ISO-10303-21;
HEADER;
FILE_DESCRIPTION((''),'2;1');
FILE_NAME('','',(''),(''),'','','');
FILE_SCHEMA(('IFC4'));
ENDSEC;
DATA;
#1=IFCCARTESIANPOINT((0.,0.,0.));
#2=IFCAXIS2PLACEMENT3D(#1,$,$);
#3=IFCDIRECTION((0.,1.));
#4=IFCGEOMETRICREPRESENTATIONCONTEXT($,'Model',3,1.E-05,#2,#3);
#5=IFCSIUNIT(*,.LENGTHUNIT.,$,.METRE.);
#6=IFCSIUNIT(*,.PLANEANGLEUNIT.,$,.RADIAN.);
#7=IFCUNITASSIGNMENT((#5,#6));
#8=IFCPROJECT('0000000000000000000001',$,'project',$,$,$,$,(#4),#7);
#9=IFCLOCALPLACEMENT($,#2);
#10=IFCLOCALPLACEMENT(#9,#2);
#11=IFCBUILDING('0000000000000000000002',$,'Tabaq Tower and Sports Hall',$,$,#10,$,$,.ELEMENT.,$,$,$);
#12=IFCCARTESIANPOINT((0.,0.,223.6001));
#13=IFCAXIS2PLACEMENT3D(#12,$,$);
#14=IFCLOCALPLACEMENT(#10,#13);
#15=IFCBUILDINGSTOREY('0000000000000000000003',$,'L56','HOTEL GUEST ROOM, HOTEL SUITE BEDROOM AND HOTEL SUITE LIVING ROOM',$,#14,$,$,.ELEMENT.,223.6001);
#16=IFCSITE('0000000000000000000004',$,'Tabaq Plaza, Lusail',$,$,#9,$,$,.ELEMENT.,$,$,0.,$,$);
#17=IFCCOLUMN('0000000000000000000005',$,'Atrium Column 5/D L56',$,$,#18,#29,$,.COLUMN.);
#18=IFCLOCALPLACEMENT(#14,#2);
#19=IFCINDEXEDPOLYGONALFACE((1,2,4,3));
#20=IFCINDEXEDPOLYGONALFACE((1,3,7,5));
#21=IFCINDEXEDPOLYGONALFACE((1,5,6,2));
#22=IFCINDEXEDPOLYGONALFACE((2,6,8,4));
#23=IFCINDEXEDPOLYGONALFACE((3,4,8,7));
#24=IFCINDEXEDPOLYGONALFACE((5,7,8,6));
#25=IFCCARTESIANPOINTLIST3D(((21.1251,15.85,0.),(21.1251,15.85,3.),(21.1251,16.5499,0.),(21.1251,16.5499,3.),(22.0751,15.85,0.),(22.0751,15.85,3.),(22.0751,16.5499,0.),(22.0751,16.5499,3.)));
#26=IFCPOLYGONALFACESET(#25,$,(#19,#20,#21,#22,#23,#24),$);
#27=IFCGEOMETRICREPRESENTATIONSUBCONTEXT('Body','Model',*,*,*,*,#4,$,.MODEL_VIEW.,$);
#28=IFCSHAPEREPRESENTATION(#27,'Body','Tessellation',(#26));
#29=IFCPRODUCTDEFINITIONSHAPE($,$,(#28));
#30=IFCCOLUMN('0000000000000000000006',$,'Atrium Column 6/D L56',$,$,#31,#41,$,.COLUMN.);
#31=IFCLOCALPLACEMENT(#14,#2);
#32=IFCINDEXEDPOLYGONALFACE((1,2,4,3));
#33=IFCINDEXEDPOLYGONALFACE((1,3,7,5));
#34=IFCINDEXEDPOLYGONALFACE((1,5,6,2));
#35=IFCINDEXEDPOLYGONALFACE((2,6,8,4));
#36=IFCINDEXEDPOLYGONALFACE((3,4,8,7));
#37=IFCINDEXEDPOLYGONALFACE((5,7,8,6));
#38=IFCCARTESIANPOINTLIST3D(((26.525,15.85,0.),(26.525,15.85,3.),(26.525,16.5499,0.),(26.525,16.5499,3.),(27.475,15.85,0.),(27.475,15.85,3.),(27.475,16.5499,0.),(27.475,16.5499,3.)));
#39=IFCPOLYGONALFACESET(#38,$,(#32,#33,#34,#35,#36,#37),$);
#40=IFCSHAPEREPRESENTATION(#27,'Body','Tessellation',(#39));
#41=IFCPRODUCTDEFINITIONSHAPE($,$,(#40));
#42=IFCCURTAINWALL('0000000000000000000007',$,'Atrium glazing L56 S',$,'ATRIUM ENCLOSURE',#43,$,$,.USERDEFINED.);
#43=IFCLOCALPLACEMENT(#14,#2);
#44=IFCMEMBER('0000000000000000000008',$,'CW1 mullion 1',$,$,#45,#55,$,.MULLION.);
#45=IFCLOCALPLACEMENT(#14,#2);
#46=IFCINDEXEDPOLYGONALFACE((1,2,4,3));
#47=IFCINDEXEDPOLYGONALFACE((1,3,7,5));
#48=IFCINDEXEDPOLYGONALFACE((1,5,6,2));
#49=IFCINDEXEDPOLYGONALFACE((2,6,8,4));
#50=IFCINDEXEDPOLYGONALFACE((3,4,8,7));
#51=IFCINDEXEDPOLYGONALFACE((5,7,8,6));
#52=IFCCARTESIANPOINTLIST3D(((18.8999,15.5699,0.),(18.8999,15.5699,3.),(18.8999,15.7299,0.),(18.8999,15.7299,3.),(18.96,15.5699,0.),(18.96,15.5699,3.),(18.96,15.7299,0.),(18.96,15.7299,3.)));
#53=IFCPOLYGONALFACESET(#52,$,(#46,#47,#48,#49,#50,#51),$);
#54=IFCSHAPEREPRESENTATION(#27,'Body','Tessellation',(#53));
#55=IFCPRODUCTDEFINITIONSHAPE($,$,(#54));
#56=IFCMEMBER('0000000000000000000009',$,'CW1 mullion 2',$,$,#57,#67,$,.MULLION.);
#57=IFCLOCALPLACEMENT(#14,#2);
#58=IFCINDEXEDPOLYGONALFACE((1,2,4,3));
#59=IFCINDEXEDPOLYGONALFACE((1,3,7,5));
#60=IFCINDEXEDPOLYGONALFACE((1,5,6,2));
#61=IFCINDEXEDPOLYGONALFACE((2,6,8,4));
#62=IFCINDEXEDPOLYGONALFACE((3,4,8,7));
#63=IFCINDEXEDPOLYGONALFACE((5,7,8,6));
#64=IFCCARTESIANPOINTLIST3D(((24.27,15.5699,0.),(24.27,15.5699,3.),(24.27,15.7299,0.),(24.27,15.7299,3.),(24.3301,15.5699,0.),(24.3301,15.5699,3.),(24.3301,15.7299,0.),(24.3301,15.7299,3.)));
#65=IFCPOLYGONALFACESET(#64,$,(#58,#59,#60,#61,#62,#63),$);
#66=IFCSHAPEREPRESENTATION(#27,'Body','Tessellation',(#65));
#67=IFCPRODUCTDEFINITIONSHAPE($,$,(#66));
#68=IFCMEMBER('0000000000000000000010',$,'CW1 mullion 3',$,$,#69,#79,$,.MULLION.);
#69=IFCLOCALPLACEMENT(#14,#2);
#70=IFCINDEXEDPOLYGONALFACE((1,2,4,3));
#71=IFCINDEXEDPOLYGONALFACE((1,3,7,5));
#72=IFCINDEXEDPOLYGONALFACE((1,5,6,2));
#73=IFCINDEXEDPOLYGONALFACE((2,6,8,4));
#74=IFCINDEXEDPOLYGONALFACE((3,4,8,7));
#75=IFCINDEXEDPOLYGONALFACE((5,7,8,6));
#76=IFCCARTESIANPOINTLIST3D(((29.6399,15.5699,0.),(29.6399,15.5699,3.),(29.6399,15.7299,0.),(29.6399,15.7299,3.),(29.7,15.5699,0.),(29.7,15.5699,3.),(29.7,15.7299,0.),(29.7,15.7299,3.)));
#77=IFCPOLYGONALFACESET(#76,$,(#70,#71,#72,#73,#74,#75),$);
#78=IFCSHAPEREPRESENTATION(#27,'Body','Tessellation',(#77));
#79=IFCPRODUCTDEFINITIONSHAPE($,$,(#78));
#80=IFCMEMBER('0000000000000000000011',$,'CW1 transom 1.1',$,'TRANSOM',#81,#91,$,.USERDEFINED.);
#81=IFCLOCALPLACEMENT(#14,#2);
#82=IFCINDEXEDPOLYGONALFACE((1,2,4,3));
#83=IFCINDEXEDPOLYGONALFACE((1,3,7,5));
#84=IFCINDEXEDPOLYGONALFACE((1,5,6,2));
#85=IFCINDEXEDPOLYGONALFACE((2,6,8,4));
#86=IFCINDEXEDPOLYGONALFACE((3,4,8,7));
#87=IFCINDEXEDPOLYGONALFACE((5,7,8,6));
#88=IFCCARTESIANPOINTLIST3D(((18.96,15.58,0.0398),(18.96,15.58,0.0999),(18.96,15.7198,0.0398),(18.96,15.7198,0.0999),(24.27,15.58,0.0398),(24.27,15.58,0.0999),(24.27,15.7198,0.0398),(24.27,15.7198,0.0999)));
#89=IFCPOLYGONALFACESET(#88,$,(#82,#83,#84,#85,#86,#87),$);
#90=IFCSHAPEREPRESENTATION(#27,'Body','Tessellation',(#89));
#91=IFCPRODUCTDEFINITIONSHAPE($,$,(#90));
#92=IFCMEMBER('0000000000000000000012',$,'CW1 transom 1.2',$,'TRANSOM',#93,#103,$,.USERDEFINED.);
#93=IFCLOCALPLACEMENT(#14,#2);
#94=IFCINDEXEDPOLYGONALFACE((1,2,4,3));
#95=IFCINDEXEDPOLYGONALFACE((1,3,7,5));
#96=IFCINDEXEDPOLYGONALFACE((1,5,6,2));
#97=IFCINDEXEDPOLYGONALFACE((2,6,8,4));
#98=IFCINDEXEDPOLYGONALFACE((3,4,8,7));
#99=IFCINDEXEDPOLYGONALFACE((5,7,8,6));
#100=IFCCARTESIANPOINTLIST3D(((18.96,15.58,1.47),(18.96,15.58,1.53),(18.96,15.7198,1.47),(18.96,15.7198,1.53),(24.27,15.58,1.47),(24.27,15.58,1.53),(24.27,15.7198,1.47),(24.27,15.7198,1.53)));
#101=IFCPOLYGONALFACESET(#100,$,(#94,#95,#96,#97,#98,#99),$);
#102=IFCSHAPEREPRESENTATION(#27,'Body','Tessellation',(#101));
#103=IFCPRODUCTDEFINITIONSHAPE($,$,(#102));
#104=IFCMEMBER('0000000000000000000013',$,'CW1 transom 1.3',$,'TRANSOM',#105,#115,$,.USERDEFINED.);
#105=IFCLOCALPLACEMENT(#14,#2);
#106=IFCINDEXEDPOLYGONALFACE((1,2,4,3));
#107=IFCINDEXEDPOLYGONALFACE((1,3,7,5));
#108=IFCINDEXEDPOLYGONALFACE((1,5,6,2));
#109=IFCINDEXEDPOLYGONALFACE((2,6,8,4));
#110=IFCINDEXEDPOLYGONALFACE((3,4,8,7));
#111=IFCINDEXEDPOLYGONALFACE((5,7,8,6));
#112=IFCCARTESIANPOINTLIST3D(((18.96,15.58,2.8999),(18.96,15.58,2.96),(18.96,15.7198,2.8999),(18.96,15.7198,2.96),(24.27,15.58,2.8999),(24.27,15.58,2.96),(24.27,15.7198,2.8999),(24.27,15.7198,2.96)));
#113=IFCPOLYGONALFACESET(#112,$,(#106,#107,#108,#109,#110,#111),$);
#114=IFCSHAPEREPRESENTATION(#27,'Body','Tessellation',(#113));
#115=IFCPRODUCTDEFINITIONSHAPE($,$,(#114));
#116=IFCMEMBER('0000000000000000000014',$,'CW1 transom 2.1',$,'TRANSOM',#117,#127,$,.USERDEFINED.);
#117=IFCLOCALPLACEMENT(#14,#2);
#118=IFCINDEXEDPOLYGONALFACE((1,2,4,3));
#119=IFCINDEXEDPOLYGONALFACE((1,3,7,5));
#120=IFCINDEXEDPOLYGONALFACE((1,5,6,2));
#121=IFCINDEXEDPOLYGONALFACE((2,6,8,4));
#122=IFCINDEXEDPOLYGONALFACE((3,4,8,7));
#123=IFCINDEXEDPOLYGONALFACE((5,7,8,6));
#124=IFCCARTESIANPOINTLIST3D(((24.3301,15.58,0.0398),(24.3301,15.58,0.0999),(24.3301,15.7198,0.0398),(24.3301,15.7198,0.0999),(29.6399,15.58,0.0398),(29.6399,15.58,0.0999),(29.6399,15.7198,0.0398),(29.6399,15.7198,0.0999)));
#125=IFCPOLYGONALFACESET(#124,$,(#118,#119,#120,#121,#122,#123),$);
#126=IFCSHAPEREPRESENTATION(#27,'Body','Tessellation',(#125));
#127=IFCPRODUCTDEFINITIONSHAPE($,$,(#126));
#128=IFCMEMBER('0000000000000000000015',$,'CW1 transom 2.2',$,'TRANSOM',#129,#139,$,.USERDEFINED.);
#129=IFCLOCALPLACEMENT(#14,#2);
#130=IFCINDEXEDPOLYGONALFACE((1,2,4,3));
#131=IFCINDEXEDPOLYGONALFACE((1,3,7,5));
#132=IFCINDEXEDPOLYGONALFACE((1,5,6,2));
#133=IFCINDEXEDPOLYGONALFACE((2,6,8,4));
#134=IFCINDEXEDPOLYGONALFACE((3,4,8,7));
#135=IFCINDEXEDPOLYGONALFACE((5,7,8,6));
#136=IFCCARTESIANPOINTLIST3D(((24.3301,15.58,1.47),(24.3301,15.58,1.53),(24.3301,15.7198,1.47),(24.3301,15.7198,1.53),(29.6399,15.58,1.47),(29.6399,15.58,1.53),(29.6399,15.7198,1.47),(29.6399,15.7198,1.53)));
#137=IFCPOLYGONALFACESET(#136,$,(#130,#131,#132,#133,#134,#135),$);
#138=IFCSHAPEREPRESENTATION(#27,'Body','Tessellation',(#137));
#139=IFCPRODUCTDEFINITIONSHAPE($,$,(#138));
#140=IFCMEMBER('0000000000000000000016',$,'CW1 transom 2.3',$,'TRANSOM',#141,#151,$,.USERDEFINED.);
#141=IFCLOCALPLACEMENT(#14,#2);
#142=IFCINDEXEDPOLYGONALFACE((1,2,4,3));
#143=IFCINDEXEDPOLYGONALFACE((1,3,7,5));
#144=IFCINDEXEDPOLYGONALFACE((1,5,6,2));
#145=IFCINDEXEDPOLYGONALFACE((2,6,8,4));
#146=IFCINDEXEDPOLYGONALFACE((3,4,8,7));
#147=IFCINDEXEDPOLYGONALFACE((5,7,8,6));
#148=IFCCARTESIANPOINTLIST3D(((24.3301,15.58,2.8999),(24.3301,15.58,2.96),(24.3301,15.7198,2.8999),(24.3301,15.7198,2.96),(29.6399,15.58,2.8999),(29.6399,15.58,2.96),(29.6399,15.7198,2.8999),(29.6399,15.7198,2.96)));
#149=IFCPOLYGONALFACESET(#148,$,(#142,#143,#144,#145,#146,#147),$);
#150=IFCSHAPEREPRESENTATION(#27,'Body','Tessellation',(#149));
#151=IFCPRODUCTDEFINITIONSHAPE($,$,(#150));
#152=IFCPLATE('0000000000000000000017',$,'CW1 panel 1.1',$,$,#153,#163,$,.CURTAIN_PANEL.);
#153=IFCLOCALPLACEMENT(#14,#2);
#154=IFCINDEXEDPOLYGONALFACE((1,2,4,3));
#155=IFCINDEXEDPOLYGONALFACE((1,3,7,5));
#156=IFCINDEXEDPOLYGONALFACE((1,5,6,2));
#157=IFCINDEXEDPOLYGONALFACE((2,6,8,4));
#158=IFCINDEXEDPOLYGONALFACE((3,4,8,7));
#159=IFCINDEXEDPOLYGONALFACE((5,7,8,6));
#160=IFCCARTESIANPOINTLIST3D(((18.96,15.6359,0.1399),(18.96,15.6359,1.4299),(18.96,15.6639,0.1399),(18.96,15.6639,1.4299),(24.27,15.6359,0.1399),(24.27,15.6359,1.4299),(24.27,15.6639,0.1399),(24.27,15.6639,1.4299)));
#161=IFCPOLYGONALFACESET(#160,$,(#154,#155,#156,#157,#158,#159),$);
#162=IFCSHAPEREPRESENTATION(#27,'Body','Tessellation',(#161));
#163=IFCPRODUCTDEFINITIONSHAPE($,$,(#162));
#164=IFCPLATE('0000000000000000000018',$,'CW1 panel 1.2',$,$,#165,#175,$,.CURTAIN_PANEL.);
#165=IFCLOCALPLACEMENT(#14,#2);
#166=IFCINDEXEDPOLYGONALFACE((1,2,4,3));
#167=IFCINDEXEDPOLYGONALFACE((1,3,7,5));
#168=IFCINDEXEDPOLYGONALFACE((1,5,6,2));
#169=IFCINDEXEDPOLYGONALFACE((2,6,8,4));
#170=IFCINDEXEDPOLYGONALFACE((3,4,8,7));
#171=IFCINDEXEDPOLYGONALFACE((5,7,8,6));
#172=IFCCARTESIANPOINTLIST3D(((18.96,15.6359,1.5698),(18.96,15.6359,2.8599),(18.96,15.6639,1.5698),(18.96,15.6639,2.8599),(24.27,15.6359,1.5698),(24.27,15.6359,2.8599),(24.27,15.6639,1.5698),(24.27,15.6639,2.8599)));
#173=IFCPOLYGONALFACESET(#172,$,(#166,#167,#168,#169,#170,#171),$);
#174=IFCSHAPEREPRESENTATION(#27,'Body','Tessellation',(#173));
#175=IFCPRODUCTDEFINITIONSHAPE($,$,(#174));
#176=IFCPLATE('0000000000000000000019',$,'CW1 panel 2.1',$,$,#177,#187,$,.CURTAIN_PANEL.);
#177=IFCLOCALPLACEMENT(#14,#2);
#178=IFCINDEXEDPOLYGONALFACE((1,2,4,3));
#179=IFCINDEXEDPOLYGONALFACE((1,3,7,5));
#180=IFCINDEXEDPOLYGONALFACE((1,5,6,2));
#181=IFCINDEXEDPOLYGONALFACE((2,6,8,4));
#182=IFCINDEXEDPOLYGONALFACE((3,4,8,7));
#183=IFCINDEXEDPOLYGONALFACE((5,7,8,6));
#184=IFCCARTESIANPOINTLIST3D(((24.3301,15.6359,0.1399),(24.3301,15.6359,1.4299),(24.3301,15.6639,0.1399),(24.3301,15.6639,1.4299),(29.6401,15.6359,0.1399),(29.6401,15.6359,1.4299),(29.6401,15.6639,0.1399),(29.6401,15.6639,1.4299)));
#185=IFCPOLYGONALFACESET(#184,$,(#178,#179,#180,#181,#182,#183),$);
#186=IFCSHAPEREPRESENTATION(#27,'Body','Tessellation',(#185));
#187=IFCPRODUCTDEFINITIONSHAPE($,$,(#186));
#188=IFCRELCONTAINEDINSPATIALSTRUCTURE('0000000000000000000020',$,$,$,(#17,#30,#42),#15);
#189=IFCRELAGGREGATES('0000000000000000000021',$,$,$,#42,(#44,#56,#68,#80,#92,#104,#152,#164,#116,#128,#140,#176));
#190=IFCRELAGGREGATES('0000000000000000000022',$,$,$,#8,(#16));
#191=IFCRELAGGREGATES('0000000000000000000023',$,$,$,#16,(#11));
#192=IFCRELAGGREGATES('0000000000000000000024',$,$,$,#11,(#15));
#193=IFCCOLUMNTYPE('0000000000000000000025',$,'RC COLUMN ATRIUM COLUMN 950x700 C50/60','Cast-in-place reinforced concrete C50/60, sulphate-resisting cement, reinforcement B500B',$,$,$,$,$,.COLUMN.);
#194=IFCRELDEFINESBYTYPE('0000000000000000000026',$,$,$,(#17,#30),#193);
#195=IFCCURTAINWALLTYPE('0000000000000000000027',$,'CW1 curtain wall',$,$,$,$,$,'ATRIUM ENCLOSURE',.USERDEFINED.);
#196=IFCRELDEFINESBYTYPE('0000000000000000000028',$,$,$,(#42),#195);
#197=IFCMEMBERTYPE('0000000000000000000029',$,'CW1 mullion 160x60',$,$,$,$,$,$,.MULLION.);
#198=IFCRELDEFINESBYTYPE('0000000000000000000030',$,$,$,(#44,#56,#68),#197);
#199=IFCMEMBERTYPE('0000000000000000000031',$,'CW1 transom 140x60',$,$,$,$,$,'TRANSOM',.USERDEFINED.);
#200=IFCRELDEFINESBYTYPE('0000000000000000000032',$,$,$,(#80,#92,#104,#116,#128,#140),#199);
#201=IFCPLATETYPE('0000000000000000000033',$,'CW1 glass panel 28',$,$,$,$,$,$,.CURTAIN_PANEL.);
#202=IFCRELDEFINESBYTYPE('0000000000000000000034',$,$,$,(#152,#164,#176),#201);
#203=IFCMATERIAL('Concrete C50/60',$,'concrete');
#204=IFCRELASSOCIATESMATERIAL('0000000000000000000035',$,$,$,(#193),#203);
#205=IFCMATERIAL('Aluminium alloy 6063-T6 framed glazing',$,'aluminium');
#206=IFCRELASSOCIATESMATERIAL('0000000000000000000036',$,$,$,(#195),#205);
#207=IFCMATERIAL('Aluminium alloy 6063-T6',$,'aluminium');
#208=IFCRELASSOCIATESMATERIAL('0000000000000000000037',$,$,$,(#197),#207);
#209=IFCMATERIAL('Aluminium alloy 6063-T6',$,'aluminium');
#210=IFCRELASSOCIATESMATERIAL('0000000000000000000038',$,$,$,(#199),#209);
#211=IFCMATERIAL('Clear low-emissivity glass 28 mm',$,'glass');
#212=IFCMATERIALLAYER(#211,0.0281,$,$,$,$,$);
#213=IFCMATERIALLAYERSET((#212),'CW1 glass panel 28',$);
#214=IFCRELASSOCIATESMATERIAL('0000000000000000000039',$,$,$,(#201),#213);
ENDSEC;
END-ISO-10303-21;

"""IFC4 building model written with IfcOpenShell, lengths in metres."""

from ifc_helpers import new_model, si_unit, direction, frame, origin, origin_2d, place, context, subcontext, project, spatial, rectangle, extrude, material, layer, layer_set, material_profile, profile_set, type_object, element, aggregate, save


model = new_model("IFC4")

# Units and contexts
model_context = context("Model", 3, precision=1e-05, world=origin(), true_north=direction((0.0, 1.0)))
body_context = subcontext(model_context, "Body", "Model", "MODEL_VIEW")
ifc_project = project(units=[si_unit("LENGTHUNIT", "METRE"), si_unit("PLANEANGLEUNIT", "RADIAN")], contexts=[model_context])

# Site, building, storey
site_placement = place(None, origin())
site = spatial("IfcSite", under=ifc_project, at=site_placement, Name="Tabaq Plaza, Lusail", CompositionType="ELEMENT", RefElevation=0.0)
building_placement = place(site_placement, origin())
building = spatial("IfcBuilding", under=site, at=building_placement, Name="Tabaq Tower and Sports Hall", CompositionType="ELEMENT")
storey_placement = place(building_placement, frame((0.0, 0.0, 223.6001)))
storey = spatial("IfcBuildingStorey", under=building, at=storey_placement, Name="L56", Description="HOTEL GUEST ROOM, HOTEL SUITE BEDROOM AND HOTEL SUITE LIVING ROOM", CompositionType="ELEMENT", Elevation=223.6001)

# Columns
ifc_material_1 = material(Name="Concrete C50/60", Category="concrete")
ifc_material_profile_1 = material_profile(ifc_material_1, rectangle(XDim=0.95, YDim=0.7, at=origin_2d()), Name="ATRIUM COLUMN 950x700")
ifc_profile_set_1 = profile_set([ifc_material_profile_1], Name="Concrete C50/60")
column_type = type_object("IfcColumnType", Name="RC COLUMN ATRIUM COLUMN 950x700 C50/60", Description="Cast-in-place reinforced concrete C50/60, sulphate-resisting cement, reinforcement B500B", PredefinedType="COLUMN", material=ifc_profile_set_1)
for number, where, z_axis, x_axis, name in (
    (1, (21.6001, 16.2, 0.0), (0.0, 0.0, 1.0), (1.0, 0.0, 0.0), "Atrium Column 5/D L56"),
    (2, (27.0, 16.2, 0.0), (0.0, 0.0, 1.0), (1.0, 0.0, 0.0), "Atrium Column 6/D L56"),
):
    element("IfcColumn", number, at=place(storey_placement, frame(where, z_axis=z_axis, x_axis=x_axis)), inside=storey, type_object=column_type, Name=name, PredefinedType="COLUMN", context=body_context, shape_type="SweptSolid", body=[
        extrude(rectangle(XDim=0.95, YDim=0.7, at=origin_2d()), origin(), (0.0, 0.0, 1.0), 3.0),
    ])

# Curtain wall, members, plates
ifc_material_2 = material(Name="Aluminium alloy 6063-T6 framed glazing", Category="aluminium")
curtain_wall_type = type_object("IfcCurtainWallType", Name="CW1 curtain wall", ElementType="ATRIUM ENCLOSURE", PredefinedType="USERDEFINED", material=ifc_material_2)
curtain_wall_placement = place(storey_placement, origin())
curtain_wall = element("IfcCurtainWall", 3, at=curtain_wall_placement, inside=storey, type_object=curtain_wall_type, Name="Atrium glazing L56 S", ObjectType="ATRIUM ENCLOSURE", PredefinedType="USERDEFINED")
ifc_material_3 = material(Name="Aluminium alloy 6063-T6", Category="aluminium")
ifc_material_profile_2 = material_profile(ifc_material_3, rectangle(XDim=0.1599, YDim=0.0601, at=origin_2d()), Name="MULLION 160x60")
ifc_profile_set_2 = profile_set([ifc_material_profile_2], Name="Aluminium alloy 6063-T6")
member_type_1 = type_object("IfcMemberType", Name="CW1 mullion 160x60", PredefinedType="MULLION", material=ifc_profile_set_2)
member_1_placement = place(storey_placement, frame((18.9299, 15.6499, 0.0), z_axis=(0.0, 0.0, 1.0), x_axis=(0.0, 1.0, 0.0)))
member_1 = element("IfcMember", 4, at=member_1_placement, type_object=member_type_1, Name="CW1 mullion 1", PredefinedType="MULLION", context=body_context, shape_type="SweptSolid", body=[
    extrude(rectangle(XDim=0.1599, YDim=0.0601, at=origin_2d()), origin(), (0.0, 0.0, 1.0), 3.0),
])
member_2_placement = place(storey_placement, frame((24.3, 15.6499, 0.0), z_axis=(0.0, 0.0, 1.0), x_axis=(0.0, 1.0, 0.0)))
member_2 = element("IfcMember", 5, at=member_2_placement, type_object=member_type_1, Name="CW1 mullion 2", PredefinedType="MULLION", context=body_context, shape_type="SweptSolid", body=[
    extrude(rectangle(XDim=0.1599, YDim=0.0601, at=origin_2d()), origin(), (0.0, 0.0, 1.0), 3.0),
])
member_3_placement = place(storey_placement, frame((29.6699, 15.6499, 0.0), z_axis=(0.0, 0.0, 1.0), x_axis=(0.0, 1.0, 0.0)))
member_3 = element("IfcMember", 6, at=member_3_placement, type_object=member_type_1, Name="CW1 mullion 3", PredefinedType="MULLION", context=body_context, shape_type="SweptSolid", body=[
    extrude(rectangle(XDim=0.1599, YDim=0.0601, at=origin_2d()), origin(), (0.0, 0.0, 1.0), 3.0),
])
ifc_material_4 = material(Name="Aluminium alloy 6063-T6", Category="aluminium")
ifc_material_profile_3 = material_profile(ifc_material_4, rectangle(XDim=0.1399, YDim=0.0601, at=origin_2d()), Name="TRANSOM 140x60")
ifc_profile_set_3 = profile_set([ifc_material_profile_3], Name="Aluminium alloy 6063-T6")
member_type_2 = type_object("IfcMemberType", Name="CW1 transom 140x60", ElementType="TRANSOM", PredefinedType="USERDEFINED", material=ifc_profile_set_3)
member_4_placement = place(storey_placement, frame((18.96, 15.6499, 0.0698), z_axis=(1.0, 0.0, 0.0), x_axis=(0.0, 1.0, 0.0)))
member_4 = element("IfcMember", 7, at=member_4_placement, type_object=member_type_2, Name="CW1 transom 1.1", ObjectType="TRANSOM", PredefinedType="USERDEFINED", context=body_context, shape_type="SweptSolid", body=[
    extrude(rectangle(XDim=0.1399, YDim=0.0601, at=origin_2d()), origin(), (0.0, 0.0, 1.0), 5.3101),
])
member_5_placement = place(storey_placement, frame((18.96, 15.6499, 1.5), z_axis=(1.0, 0.0, 0.0), x_axis=(0.0, 1.0, 0.0)))
member_5 = element("IfcMember", 8, at=member_5_placement, type_object=member_type_2, Name="CW1 transom 1.2", ObjectType="TRANSOM", PredefinedType="USERDEFINED", context=body_context, shape_type="SweptSolid", body=[
    extrude(rectangle(XDim=0.1399, YDim=0.0601, at=origin_2d()), origin(), (0.0, 0.0, 1.0), 5.3101),
])
member_6_placement = place(storey_placement, frame((18.96, 15.6499, 2.9299), z_axis=(1.0, 0.0, 0.0), x_axis=(0.0, 1.0, 0.0)))
member_6 = element("IfcMember", 9, at=member_6_placement, type_object=member_type_2, Name="CW1 transom 1.3", ObjectType="TRANSOM", PredefinedType="USERDEFINED", context=body_context, shape_type="SweptSolid", body=[
    extrude(rectangle(XDim=0.1399, YDim=0.0601, at=origin_2d()), origin(), (0.0, 0.0, 1.0), 5.3101),
])
member_7_placement = place(storey_placement, frame((24.3301, 15.6499, 0.0698), z_axis=(1.0, 0.0, 0.0), x_axis=(0.0, 1.0, 0.0)))
member_7 = element("IfcMember", 10, at=member_7_placement, type_object=member_type_2, Name="CW1 transom 2.1", ObjectType="TRANSOM", PredefinedType="USERDEFINED", context=body_context, shape_type="SweptSolid", body=[
    extrude(rectangle(XDim=0.1399, YDim=0.0601, at=origin_2d()), origin(), (0.0, 0.0, 1.0), 5.3098),
])
member_8_placement = place(storey_placement, frame((24.3301, 15.6499, 1.5), z_axis=(1.0, 0.0, 0.0), x_axis=(0.0, 1.0, 0.0)))
member_8 = element("IfcMember", 11, at=member_8_placement, type_object=member_type_2, Name="CW1 transom 2.2", ObjectType="TRANSOM", PredefinedType="USERDEFINED", context=body_context, shape_type="SweptSolid", body=[
    extrude(rectangle(XDim=0.1399, YDim=0.0601, at=origin_2d()), origin(), (0.0, 0.0, 1.0), 5.3098),
])
member_9_placement = place(storey_placement, frame((24.3301, 15.6499, 2.9299), z_axis=(1.0, 0.0, 0.0), x_axis=(0.0, 1.0, 0.0)))
member_9 = element("IfcMember", 12, at=member_9_placement, type_object=member_type_2, Name="CW1 transom 2.3", ObjectType="TRANSOM", PredefinedType="USERDEFINED", context=body_context, shape_type="SweptSolid", body=[
    extrude(rectangle(XDim=0.1399, YDim=0.0601, at=origin_2d()), origin(), (0.0, 0.0, 1.0), 5.3098),
])
ifc_material_5 = material(Name="Clear low-emissivity glass 28 mm", Category="glass")
ifc_layer_1 = layer(ifc_material_5, 0.0281)
ifc_layer_set_1 = layer_set([ifc_layer_1], Name="CW1 glass panel 28")
plate_type = type_object("IfcPlateType", Name="CW1 glass panel 28", PredefinedType="CURTAIN_PANEL", material=ifc_layer_set_1)
plate_1_placement = place(storey_placement, frame((21.615, 15.6499, 0.1399), z_axis=(0.0, 0.0, 1.0), x_axis=(1.0, 0.0, 0.0)))
plate_1 = element("IfcPlate", 13, at=plate_1_placement, type_object=plate_type, Name="CW1 panel 1.1", PredefinedType="CURTAIN_PANEL", context=body_context, shape_type="SweptSolid", body=[
    extrude(rectangle(XDim=5.3101, YDim=0.0281, at=origin_2d()), origin(), (0.0, 0.0, 1.0), 1.29),
])
plate_2_placement = place(storey_placement, frame((21.615, 15.6499, 1.5698), z_axis=(0.0, 0.0, 1.0), x_axis=(1.0, 0.0, 0.0)))
plate_2 = element("IfcPlate", 14, at=plate_2_placement, type_object=plate_type, Name="CW1 panel 1.2", PredefinedType="CURTAIN_PANEL", context=body_context, shape_type="SweptSolid", body=[
    extrude(rectangle(XDim=5.3101, YDim=0.0281, at=origin_2d()), origin(), (0.0, 0.0, 1.0), 1.29),
])
plate_3_placement = place(storey_placement, frame((26.9851, 15.6499, 0.1399), z_axis=(0.0, 0.0, 1.0), x_axis=(1.0, 0.0, 0.0)))
plate_3 = element("IfcPlate", 15, at=plate_3_placement, type_object=plate_type, Name="CW1 panel 2.1", PredefinedType="CURTAIN_PANEL", context=body_context, shape_type="SweptSolid", body=[
    extrude(rectangle(XDim=5.3101, YDim=0.0281, at=origin_2d()), origin(), (0.0, 0.0, 1.0), 1.29),
])
aggregate(curtain_wall, [member_1, member_2, member_3, member_4, member_5, member_6, plate_1, plate_2, member_7, member_8, member_9, plate_3])

save(model, "model.ifc")
